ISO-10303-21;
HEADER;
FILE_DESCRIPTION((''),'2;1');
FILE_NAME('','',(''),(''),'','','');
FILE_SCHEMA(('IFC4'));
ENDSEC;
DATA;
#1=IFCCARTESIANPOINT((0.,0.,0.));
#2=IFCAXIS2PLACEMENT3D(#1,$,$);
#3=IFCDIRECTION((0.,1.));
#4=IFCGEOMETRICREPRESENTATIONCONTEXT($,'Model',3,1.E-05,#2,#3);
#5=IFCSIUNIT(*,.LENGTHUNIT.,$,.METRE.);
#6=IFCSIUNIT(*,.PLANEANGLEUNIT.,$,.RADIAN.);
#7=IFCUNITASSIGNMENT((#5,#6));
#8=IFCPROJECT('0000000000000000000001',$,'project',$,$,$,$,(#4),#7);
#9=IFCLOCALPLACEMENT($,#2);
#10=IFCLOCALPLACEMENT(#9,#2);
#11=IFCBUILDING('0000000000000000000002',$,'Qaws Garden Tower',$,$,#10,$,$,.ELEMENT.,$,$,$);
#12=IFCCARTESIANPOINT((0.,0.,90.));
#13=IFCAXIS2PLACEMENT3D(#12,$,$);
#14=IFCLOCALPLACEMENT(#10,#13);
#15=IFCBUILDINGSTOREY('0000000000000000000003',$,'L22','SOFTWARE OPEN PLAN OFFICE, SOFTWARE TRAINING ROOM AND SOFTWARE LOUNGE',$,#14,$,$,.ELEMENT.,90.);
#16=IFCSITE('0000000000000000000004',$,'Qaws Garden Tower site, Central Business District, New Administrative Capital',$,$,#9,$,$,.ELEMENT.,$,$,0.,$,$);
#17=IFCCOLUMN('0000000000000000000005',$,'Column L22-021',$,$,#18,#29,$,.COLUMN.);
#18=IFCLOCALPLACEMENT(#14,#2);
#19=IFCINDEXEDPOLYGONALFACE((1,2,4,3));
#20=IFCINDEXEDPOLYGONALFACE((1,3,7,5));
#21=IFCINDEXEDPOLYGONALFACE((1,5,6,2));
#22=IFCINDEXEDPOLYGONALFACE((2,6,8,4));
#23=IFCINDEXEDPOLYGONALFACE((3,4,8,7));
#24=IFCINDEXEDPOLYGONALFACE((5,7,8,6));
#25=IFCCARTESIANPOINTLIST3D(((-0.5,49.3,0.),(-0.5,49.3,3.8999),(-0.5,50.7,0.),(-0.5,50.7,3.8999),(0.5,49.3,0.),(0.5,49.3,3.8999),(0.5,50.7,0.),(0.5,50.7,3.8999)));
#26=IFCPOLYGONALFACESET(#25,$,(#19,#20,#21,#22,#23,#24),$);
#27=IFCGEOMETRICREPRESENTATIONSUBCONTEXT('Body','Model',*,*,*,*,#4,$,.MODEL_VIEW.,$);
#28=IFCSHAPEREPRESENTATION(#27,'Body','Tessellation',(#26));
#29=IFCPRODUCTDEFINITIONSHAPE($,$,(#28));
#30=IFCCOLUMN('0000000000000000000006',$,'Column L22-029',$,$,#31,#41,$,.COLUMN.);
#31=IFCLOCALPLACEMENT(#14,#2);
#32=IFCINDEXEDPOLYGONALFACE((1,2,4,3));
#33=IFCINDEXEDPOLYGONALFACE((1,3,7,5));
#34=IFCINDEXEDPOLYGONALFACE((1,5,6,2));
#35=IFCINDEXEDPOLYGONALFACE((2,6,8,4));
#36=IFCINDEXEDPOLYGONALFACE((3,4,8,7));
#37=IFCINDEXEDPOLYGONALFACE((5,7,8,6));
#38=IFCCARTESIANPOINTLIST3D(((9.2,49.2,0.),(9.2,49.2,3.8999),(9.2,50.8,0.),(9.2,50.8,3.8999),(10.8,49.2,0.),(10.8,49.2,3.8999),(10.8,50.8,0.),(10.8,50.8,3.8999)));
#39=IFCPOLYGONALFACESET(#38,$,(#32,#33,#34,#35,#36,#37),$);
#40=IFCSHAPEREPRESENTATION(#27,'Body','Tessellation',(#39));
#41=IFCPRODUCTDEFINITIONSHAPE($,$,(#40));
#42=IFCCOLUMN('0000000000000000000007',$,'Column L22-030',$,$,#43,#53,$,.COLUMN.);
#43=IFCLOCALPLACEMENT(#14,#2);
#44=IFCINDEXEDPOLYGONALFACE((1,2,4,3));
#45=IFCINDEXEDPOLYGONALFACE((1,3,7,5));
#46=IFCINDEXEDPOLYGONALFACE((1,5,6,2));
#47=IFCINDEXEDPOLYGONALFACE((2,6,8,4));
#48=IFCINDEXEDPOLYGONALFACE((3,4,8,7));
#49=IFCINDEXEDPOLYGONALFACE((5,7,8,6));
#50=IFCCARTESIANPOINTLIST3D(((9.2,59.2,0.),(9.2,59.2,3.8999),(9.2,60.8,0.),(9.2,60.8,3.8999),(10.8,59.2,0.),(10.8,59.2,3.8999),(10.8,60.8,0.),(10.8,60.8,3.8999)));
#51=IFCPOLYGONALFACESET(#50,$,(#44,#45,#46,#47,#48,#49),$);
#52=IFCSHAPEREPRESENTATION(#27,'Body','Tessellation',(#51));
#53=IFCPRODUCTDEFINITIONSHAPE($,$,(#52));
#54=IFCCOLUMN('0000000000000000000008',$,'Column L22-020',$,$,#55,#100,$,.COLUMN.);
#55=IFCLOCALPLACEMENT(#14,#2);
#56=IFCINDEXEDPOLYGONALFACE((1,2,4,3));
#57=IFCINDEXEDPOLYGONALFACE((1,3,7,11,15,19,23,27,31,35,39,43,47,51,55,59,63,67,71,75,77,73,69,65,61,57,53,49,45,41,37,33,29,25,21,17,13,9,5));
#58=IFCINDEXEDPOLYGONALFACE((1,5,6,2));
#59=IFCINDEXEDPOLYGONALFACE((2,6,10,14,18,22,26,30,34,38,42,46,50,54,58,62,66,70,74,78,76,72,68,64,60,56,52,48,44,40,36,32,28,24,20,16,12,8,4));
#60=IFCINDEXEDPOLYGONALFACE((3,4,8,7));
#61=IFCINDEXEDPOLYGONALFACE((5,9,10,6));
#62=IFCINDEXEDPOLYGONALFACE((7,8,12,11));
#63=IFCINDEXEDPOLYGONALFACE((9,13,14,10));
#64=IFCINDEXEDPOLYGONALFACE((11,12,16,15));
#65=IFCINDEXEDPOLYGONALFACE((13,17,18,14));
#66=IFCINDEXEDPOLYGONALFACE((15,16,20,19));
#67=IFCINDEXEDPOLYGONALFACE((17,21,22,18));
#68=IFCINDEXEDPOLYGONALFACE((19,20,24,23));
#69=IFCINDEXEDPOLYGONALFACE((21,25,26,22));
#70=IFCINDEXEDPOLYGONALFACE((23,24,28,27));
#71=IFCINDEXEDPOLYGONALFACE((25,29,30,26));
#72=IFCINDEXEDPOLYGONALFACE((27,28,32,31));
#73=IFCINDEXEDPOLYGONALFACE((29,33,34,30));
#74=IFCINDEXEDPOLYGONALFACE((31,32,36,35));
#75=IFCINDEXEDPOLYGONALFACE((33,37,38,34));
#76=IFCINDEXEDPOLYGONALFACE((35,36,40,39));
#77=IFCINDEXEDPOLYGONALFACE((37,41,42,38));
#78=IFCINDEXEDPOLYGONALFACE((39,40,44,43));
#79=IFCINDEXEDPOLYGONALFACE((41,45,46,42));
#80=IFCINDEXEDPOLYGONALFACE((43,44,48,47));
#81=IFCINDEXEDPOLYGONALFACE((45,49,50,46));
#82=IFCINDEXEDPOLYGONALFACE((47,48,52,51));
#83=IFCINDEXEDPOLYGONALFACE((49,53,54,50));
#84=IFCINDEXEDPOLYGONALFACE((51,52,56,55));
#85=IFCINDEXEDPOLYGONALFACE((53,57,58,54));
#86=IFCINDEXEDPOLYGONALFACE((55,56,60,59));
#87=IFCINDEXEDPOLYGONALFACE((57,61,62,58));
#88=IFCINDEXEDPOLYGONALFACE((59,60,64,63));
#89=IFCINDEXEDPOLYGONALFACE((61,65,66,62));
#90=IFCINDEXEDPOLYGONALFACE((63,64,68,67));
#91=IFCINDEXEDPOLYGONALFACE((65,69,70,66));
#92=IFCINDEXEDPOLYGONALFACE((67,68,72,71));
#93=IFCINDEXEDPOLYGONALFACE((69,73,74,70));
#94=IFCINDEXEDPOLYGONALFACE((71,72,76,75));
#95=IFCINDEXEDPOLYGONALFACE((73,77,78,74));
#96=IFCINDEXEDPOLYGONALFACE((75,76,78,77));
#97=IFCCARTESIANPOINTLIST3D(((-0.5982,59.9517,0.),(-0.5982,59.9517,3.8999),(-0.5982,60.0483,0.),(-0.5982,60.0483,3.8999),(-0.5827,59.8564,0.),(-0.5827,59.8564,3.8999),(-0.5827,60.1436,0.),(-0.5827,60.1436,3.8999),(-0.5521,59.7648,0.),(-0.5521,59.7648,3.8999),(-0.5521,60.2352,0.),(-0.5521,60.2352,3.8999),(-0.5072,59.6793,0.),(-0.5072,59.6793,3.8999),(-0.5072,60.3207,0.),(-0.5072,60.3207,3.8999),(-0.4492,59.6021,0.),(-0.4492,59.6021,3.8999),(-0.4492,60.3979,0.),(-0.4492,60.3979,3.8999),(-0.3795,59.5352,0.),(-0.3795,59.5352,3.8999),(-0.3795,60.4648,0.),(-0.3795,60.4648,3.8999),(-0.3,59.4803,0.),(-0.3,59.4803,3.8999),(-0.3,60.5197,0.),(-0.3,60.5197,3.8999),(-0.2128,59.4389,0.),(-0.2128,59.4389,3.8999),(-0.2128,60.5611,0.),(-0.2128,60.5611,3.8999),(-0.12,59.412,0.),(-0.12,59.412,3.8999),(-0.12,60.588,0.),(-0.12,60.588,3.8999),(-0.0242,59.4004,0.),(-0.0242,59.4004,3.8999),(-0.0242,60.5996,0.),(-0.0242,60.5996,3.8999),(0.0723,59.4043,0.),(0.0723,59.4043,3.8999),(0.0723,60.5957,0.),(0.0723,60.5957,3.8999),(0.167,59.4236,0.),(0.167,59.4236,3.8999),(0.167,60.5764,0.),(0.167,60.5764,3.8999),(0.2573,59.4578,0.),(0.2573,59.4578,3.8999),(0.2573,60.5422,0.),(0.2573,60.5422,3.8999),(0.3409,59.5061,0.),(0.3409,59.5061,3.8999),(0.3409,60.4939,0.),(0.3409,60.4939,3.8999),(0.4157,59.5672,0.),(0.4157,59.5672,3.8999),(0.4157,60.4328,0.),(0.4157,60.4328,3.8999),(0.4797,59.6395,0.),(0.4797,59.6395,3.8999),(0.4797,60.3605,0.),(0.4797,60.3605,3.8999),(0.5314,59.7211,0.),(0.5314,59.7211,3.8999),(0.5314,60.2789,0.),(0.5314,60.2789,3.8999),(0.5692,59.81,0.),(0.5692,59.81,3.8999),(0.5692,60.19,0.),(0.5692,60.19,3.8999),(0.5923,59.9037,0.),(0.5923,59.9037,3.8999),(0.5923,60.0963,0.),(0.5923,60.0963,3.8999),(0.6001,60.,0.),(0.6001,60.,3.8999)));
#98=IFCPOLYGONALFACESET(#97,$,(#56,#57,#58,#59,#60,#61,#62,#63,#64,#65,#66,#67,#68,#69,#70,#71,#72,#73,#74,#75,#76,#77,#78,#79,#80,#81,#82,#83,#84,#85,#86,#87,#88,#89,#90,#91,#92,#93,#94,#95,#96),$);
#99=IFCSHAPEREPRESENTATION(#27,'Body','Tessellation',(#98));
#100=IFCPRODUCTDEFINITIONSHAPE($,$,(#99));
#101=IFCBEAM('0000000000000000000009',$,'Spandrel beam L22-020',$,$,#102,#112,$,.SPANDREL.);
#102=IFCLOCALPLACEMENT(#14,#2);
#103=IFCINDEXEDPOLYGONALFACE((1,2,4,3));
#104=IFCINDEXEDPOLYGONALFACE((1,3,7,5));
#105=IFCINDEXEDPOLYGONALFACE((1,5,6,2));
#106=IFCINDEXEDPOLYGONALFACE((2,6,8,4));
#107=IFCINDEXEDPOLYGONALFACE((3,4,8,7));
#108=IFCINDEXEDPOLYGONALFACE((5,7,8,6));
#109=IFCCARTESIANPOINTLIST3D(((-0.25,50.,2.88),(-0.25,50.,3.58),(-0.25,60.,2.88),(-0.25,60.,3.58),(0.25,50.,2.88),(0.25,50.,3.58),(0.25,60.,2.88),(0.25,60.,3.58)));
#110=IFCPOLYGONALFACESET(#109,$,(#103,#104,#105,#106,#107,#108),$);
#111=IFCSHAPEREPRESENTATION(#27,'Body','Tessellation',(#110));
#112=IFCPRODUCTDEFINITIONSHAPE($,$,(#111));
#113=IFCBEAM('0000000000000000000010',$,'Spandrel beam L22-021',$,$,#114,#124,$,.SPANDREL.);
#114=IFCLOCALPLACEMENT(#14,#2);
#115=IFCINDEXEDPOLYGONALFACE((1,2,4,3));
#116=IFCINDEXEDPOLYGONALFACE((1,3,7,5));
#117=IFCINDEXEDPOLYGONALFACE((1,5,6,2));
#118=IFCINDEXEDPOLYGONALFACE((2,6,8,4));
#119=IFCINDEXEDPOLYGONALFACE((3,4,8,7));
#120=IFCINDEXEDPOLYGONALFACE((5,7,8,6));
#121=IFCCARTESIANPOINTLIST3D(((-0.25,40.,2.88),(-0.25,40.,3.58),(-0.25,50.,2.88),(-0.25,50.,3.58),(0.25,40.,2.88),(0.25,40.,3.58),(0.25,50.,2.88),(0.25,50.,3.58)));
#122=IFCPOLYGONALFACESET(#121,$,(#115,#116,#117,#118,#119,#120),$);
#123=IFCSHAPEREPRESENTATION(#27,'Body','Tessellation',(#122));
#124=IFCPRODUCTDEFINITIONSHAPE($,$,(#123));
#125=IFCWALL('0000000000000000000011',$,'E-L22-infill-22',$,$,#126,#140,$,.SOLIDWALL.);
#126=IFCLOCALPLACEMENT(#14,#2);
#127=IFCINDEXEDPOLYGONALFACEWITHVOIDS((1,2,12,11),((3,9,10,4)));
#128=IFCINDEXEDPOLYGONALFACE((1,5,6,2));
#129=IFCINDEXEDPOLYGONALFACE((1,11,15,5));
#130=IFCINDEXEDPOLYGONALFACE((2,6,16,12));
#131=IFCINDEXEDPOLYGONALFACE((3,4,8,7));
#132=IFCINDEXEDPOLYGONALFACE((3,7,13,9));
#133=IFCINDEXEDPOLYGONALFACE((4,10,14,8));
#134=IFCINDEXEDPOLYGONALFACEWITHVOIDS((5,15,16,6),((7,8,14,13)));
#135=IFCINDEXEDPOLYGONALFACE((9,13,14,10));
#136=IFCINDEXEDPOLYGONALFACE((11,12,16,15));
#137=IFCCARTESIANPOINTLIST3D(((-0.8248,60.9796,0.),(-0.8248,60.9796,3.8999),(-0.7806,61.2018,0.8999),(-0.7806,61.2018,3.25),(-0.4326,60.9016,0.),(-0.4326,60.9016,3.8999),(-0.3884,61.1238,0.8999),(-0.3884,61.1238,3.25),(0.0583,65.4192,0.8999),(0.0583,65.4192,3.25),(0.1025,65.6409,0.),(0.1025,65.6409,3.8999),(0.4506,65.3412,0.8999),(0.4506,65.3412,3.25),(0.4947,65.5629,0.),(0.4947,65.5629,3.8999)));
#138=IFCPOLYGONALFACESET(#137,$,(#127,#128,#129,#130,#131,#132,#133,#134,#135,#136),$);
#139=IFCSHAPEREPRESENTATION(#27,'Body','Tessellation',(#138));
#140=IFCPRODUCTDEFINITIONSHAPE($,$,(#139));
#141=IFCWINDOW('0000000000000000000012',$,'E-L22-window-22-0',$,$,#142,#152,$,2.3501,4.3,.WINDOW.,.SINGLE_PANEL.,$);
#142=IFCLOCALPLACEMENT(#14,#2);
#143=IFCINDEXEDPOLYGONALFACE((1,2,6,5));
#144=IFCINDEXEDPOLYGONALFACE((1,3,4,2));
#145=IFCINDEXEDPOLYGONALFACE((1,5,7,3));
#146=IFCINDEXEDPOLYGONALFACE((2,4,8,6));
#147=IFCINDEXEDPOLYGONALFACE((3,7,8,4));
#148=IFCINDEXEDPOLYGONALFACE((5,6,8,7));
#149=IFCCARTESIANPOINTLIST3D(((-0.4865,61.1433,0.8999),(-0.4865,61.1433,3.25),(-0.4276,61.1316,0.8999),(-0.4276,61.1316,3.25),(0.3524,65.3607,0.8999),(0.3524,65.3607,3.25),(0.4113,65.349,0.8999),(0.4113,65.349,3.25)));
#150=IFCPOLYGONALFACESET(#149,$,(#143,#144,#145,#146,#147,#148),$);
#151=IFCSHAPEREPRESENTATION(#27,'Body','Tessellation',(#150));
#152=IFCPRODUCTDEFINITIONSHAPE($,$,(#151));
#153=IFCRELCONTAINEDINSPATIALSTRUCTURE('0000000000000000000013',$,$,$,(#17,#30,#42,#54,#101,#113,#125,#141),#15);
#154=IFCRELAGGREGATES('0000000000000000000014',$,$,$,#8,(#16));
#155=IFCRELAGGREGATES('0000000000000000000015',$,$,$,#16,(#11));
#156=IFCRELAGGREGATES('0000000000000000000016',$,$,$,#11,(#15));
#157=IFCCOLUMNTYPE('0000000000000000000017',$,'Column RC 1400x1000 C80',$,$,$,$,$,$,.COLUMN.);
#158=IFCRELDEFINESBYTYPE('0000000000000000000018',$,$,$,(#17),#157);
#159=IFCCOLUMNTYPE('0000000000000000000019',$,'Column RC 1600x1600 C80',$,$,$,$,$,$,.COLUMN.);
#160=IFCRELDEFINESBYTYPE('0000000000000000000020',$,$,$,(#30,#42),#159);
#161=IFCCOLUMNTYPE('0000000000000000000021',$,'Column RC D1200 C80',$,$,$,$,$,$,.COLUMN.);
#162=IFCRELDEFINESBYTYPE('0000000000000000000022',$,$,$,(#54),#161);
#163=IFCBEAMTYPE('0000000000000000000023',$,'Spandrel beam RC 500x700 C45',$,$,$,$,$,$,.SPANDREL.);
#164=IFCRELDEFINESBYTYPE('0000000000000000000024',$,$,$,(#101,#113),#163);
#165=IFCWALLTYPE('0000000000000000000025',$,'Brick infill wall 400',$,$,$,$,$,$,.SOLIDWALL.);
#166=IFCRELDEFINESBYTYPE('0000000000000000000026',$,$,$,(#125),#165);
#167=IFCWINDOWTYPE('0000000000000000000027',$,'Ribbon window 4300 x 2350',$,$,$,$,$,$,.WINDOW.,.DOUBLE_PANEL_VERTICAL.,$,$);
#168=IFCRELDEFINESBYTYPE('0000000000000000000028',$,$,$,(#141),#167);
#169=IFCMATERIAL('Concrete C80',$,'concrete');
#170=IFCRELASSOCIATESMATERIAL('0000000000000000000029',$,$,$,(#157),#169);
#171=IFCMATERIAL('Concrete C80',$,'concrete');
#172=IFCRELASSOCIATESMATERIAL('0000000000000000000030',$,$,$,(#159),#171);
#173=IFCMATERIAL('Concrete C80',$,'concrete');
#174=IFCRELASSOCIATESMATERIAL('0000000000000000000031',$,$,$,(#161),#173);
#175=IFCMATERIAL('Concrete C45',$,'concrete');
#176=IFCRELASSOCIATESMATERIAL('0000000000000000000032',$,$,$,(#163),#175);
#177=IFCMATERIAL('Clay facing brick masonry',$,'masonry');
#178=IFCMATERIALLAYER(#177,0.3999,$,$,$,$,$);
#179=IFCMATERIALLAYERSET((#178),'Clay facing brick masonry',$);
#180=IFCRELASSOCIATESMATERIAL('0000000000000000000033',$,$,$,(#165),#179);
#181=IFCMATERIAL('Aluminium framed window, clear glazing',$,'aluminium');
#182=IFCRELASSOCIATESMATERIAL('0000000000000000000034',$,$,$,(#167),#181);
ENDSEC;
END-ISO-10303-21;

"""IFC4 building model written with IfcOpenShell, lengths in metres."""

from ifc_helpers import new_model, si_unit, direction, frame, frame_2d, origin, origin_2d, place, context, subcontext, project, spatial, rectangle, circle, extrude, material, layer, layer_set, material_profile, profile_set, type_object, element, fill, save


model = new_model("IFC4")

# Units and contexts
model_context = context("Model", 3, precision=1e-05, world=origin(), true_north=direction((0.0, 1.0)))
body_context = subcontext(model_context, "Body", "Model", "MODEL_VIEW")
ifc_project = project(units=[si_unit("LENGTHUNIT", "METRE"), si_unit("PLANEANGLEUNIT", "RADIAN")], contexts=[model_context])

# Site, building, storey
site_placement = place(None, origin())
site = spatial("IfcSite", under=ifc_project, at=site_placement, Name="Qaws Garden Tower site, Central Business District, New Administrative Capital", CompositionType="ELEMENT", RefElevation=0.0)
building_placement = place(site_placement, origin())
building = spatial("IfcBuilding", under=site, at=building_placement, Name="Qaws Garden Tower", CompositionType="ELEMENT")
storey_placement = place(building_placement, frame((0.0, 0.0, 90.0)))
storey = spatial("IfcBuildingStorey", under=building, at=storey_placement, Name="L22", Description="SOFTWARE OPEN PLAN OFFICE, SOFTWARE TRAINING ROOM AND SOFTWARE LOUNGE", CompositionType="ELEMENT", Elevation=90.0)

# Columns
ifc_material_1 = material(Name="Concrete C80", Category="concrete")
ifc_material_profile_1 = material_profile(ifc_material_1, rectangle(XDim=1.3999, YDim=1.0, at=origin_2d()), Name="RC 1400x1000")
ifc_profile_set_1 = profile_set([ifc_material_profile_1], Name="Concrete C80")
column_type_1 = type_object("IfcColumnType", Name="Column RC 1400x1000 C80", PredefinedType="COLUMN", material=ifc_profile_set_1)
column_1_placement = place(storey_placement, frame((0.0, 50.0, 0.0), z_axis=(0.0, 0.0, 1.0), x_axis=(0.0, 1.0, 0.0)))
element("IfcColumn", 1, at=column_1_placement, inside=storey, type_object=column_type_1, Name="Column L22-021", PredefinedType="COLUMN", context=body_context, shape_type="SweptSolid", body=[
    extrude(rectangle(XDim=1.3999, YDim=1.0, at=origin_2d()), origin(), (0.0, 0.0, 1.0), 3.8999),
])
ifc_material_2 = material(Name="Concrete C80", Category="concrete")
ifc_material_profile_2 = material_profile(ifc_material_2, rectangle(XDim=1.6001, YDim=1.6001, at=origin_2d()), Name="RC 1600x1600")
ifc_profile_set_2 = profile_set([ifc_material_profile_2], Name="Concrete C80")
column_type_2 = type_object("IfcColumnType", Name="Column RC 1600x1600 C80", PredefinedType="COLUMN", material=ifc_profile_set_2)
for number, where, z_axis, x_axis, name in (
    (2, (10.0, 50.0, 0.0), (0.0, 0.0, 1.0), (1.0, 0.0, 0.0), "Column L22-029"),
    (3, (10.0, 60.0, 0.0), (0.0, 0.0, 1.0), (1.0, 0.0, 0.0), "Column L22-030"),
):
    element("IfcColumn", number, at=place(storey_placement, frame(where, z_axis=z_axis, x_axis=x_axis)), inside=storey, type_object=column_type_2, Name=name, PredefinedType="COLUMN", context=body_context, shape_type="SweptSolid", body=[
        extrude(rectangle(XDim=1.6001, YDim=1.6001, at=origin_2d()), origin(), (0.0, 0.0, 1.0), 3.8999),
    ])
ifc_material_3 = material(Name="Concrete C80", Category="concrete")
ifc_material_profile_3 = material_profile(ifc_material_3, circle(Radius=0.6001, at=origin_2d()), Name="RC D1200")
ifc_profile_set_3 = profile_set([ifc_material_profile_3], Name="Concrete C80")
column_type_3 = type_object("IfcColumnType", Name="Column RC D1200 C80", PredefinedType="COLUMN", material=ifc_profile_set_3)
column_2_placement = place(storey_placement, frame((0.0, 60.0, 0.0), z_axis=(0.0, 0.0, 1.0), x_axis=(1.0, 0.0, 0.0)))
element("IfcColumn", 4, at=column_2_placement, inside=storey, type_object=column_type_3, Name="Column L22-020", PredefinedType="COLUMN", context=body_context, shape_type="SweptSolid", body=[
    extrude(circle(Radius=0.6001, at=origin_2d()), origin(), (0.0, 0.0, 1.0), 3.8999),
])

# Beams
ifc_material_4 = material(Name="Concrete C45", Category="concrete")
ifc_material_profile_4 = material_profile(ifc_material_4, rectangle(XDim=0.5, YDim=0.7, at=origin_2d()), Name="RC 500x700")
ifc_profile_set_4 = profile_set([ifc_material_profile_4], Name="Concrete C45")
beam_type = type_object("IfcBeamType", Name="Spandrel beam RC 500x700 C45", PredefinedType="SPANDREL", material=ifc_profile_set_4)
for number, where, z_axis, x_axis, name in (
    (5, (0.0, 60.0, 3.23), (0.0, -1.0, 0.0), (1.0, 0.0, 0.0), "Spandrel beam L22-020"),
    (6, (0.0, 50.0, 3.23), (0.0, -1.0, 0.0), (1.0, 0.0, 0.0), "Spandrel beam L22-021"),
):
    element("IfcBeam", number, at=place(storey_placement, frame(where, z_axis=z_axis, x_axis=x_axis)), inside=storey, type_object=beam_type, Name=name, PredefinedType="SPANDREL", context=body_context, shape_type="SweptSolid", body=[
        extrude(rectangle(XDim=0.5, YDim=0.7, at=origin_2d()), origin(), (0.0, 0.0, 1.0), 10.0),
    ])

# Wall, opening, window
ifc_material_5 = material(Name="Clay facing brick masonry", Category="masonry")
ifc_layer_1 = layer(ifc_material_5, 0.3999)
ifc_layer_set_1 = layer_set([ifc_layer_1], Name="Clay facing brick masonry")
wall_type_1 = type_object("IfcWallType", Name="Brick infill wall 400", PredefinedType="SOLIDWALL", material=ifc_layer_set_1)
wall_1_placement = place(storey_placement, frame((0.2986, 65.6021, 0.0), z_axis=(0.0, 0.0, 1.0), x_axis=(-0.195099, -0.980784, 0.0)))
wall_1 = element("IfcWall", 7, at=wall_1_placement, inside=storey, type_object=wall_type_1, Name="E-L22-infill-22", PredefinedType="SOLIDWALL", context=body_context, shape_type="SweptSolid", body=[
    extrude(rectangle(XDim=4.7527, YDim=0.3999, at=frame_2d((2.3765, 0.0))), origin(), (0.0, 0.0, 1.0), 3.8999),
])
opening_1_placement = place(wall_1_placement, frame((0.2263, 0.0, 0.8999)))
opening_1 = element("IfcOpeningElement", 8, at=opening_1_placement, cuts=wall_1, PredefinedType="OPENING", context=body_context, shape_type="SweptSolid", body=[
    extrude(rectangle(XDim=4.3, YDim=2.3501, at=frame_2d((2.1499, 1.175))), frame((0.0, 0.21, 0.0), z_axis=(0.0, -1.0, 0.0), x_axis=(1.0, 0.0, 0.0)), (0.0, 0.0, 1.0), 0.4199),
])
ifc_material_6 = material(Name="Aluminium framed window, clear glazing", Category="aluminium")
window_type_1 = type_object("IfcWindowType", Name="Ribbon window 4300 x 2350", PartitioningType="DOUBLE_PANEL_VERTICAL", PredefinedType="WINDOW", material=ifc_material_6)
window_1_placement = place(opening_1_placement, origin())
window_1 = element("IfcWindow", 9, at=window_1_placement, inside=storey, type_object=window_type_1, Name="E-L22-window-22-0", OverallHeight=2.3501, OverallWidth=4.3, PartitioningType="SINGLE_PANEL", PredefinedType="WINDOW", context=body_context, shape_type="SweptSolid", body=[
    extrude(rectangle(XDim=4.3, YDim=2.3501, at=frame_2d((2.1499, 1.175))), frame((0.0, 0.1599, 0.0), z_axis=(0.0, -1.0, 0.0), x_axis=(1.0, 0.0, 0.0)), (0.0, 0.0, 1.0), 0.0601),
])
fill(opening_1, window_1)

save(model, "model.ifc")
